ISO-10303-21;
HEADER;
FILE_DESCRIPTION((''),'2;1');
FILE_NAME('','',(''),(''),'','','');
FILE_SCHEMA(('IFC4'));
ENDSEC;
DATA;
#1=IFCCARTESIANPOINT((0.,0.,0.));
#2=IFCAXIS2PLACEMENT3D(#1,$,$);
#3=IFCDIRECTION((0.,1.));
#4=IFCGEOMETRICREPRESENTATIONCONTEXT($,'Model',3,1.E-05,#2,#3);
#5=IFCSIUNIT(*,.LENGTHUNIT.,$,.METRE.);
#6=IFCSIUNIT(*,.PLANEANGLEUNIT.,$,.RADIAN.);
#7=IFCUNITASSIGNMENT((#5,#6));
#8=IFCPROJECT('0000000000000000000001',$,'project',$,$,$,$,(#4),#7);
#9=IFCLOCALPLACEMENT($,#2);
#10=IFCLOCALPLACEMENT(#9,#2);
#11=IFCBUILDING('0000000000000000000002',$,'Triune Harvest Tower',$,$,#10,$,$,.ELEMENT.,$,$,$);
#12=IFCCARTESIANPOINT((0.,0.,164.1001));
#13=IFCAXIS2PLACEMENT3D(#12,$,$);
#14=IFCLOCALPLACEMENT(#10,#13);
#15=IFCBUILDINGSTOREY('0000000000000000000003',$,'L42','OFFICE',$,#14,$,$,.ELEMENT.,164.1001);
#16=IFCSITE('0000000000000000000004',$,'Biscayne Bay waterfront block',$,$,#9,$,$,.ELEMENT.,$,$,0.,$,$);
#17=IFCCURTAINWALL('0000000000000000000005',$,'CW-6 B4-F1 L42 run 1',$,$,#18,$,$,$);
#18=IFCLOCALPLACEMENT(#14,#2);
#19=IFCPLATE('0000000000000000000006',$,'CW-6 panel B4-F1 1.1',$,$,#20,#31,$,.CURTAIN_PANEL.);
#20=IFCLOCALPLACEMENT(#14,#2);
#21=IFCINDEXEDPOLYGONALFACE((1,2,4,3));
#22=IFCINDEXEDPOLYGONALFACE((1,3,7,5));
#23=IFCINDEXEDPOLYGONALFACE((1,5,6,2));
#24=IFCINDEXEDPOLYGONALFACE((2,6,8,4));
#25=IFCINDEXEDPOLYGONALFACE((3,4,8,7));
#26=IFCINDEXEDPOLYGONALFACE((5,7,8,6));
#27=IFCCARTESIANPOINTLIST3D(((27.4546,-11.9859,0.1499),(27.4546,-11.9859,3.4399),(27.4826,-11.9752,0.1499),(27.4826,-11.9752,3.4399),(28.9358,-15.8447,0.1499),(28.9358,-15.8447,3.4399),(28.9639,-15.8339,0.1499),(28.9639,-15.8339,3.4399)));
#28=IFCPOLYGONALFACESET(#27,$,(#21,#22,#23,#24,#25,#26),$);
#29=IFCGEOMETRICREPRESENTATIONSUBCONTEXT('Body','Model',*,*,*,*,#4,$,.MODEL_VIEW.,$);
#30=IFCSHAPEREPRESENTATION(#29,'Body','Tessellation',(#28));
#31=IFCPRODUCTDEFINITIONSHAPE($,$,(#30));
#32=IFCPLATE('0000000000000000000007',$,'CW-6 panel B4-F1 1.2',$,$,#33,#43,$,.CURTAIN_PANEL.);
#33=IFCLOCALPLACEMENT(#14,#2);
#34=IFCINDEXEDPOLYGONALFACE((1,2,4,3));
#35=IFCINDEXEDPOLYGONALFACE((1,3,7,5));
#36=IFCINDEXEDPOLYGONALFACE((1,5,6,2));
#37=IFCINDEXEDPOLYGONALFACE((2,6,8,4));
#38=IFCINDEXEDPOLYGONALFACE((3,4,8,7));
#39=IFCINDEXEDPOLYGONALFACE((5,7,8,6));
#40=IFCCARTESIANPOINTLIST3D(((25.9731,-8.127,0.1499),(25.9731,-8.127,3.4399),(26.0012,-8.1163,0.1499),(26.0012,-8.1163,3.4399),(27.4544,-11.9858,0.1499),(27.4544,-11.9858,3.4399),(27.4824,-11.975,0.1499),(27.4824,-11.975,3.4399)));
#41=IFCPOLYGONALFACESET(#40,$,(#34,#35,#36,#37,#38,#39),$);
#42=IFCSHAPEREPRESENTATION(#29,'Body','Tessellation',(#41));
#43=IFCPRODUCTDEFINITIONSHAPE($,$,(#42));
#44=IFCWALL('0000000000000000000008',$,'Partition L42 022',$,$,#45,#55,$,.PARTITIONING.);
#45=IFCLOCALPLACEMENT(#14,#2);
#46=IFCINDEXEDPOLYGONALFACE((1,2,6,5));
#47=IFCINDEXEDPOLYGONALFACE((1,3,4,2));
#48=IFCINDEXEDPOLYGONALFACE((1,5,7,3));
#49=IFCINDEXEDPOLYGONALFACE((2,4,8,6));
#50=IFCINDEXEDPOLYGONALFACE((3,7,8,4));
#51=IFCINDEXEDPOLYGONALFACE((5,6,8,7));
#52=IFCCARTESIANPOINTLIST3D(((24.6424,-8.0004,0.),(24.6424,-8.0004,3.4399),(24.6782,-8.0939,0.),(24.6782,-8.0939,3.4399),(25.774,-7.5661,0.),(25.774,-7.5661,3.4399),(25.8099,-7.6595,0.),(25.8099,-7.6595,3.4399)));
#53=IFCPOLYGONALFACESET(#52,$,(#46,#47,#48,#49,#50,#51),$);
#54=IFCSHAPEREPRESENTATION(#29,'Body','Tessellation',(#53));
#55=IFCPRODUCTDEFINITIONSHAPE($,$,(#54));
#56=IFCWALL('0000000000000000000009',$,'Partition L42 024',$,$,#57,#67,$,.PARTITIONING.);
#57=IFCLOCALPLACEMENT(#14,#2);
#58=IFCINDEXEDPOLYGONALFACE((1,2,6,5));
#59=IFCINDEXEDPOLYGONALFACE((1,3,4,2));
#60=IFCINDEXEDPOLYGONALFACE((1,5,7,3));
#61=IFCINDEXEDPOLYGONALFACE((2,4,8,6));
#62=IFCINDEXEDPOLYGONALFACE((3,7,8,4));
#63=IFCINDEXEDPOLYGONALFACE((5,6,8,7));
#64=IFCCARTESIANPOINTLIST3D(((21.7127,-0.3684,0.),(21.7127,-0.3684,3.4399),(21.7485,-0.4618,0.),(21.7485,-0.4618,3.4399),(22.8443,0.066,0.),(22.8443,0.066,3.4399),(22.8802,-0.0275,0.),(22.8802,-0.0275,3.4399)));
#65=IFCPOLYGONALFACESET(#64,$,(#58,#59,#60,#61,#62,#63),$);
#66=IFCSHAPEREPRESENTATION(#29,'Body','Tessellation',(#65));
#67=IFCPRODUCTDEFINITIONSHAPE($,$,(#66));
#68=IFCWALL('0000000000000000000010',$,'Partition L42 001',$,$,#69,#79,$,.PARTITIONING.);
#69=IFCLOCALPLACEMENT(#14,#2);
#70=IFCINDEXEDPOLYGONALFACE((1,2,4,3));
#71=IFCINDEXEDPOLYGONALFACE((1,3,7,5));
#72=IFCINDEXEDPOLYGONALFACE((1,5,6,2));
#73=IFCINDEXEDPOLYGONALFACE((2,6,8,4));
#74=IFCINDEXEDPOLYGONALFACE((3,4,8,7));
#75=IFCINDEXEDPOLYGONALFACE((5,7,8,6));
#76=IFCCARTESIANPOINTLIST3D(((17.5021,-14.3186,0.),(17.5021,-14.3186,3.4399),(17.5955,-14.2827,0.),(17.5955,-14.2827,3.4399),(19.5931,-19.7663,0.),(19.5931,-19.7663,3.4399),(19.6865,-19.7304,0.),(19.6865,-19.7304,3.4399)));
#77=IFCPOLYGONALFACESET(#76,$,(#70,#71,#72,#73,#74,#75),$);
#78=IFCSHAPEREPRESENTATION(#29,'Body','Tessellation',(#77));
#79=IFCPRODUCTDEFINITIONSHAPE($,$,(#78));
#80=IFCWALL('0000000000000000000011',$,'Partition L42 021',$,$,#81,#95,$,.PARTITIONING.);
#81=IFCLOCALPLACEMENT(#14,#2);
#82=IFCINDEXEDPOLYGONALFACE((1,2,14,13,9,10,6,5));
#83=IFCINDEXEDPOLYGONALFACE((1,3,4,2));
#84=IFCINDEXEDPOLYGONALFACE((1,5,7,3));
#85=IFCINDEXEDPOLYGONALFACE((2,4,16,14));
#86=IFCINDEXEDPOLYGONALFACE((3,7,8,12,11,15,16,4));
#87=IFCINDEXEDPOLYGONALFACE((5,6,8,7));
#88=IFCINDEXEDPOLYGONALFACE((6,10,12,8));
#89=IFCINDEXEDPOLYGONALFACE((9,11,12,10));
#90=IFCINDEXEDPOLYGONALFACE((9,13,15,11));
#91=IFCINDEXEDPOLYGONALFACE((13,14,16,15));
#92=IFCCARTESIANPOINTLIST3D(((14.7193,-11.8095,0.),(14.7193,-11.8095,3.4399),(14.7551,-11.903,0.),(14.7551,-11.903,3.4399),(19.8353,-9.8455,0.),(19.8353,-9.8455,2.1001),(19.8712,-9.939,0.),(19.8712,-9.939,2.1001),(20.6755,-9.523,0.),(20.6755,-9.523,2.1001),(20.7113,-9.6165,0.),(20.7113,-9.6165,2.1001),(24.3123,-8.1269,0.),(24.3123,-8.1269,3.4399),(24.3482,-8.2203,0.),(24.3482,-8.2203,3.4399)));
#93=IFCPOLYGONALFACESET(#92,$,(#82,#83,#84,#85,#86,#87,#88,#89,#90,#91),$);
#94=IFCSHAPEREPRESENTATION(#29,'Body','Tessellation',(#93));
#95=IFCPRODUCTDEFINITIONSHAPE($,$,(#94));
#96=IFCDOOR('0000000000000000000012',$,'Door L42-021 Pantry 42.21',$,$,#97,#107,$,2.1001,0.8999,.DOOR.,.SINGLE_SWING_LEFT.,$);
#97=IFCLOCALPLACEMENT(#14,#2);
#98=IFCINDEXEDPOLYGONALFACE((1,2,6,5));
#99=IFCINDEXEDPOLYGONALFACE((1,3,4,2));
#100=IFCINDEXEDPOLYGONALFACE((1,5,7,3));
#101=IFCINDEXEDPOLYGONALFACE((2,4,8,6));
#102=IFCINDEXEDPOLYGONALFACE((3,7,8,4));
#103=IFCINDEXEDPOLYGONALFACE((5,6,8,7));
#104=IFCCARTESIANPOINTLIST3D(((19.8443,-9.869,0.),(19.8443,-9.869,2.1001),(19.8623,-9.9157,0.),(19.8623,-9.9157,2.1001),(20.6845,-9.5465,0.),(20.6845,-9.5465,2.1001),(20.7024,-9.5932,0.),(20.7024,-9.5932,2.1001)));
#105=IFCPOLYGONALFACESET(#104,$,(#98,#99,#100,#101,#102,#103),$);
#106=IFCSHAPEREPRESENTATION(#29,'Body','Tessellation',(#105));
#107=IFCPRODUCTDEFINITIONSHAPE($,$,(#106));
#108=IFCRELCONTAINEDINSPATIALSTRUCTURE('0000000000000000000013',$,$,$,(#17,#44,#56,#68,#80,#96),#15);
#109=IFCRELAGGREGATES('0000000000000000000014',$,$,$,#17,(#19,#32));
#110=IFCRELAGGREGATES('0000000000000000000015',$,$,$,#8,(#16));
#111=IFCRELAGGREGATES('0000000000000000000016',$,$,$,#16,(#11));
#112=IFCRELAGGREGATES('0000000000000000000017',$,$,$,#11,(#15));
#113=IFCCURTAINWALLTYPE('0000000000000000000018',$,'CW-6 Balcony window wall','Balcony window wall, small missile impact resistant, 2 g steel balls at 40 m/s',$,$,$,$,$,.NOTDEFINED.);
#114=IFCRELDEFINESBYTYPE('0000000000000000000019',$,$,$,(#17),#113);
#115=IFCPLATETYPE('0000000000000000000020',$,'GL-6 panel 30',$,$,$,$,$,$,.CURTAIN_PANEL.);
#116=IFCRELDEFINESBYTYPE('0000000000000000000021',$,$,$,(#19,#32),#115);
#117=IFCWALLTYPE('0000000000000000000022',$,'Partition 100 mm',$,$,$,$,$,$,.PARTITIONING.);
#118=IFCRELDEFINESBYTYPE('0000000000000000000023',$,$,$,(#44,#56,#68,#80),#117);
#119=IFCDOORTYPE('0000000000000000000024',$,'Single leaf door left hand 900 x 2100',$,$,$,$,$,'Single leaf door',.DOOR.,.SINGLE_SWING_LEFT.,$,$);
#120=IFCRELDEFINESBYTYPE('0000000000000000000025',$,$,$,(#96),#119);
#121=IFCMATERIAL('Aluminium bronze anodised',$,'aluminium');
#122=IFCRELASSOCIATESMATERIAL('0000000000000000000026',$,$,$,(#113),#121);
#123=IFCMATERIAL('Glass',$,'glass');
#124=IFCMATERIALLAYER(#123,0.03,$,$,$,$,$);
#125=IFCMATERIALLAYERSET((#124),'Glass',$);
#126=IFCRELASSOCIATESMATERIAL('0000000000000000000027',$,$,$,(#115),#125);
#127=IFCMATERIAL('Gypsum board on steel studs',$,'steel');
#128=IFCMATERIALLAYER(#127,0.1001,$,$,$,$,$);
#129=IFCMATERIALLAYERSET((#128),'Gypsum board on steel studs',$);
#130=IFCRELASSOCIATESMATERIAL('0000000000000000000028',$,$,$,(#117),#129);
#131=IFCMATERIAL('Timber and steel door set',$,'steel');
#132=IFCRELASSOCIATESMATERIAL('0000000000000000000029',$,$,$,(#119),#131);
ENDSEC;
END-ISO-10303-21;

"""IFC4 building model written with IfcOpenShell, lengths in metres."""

from ifc_helpers import new_model, si_unit, direction, frame, frame_2d, origin, origin_2d, place, context, subcontext, project, spatial, rectangle, extrude, source, transform, mapped, material, layer, layer_set, type_object, element, fill, aggregate, save


model = new_model("IFC4")

# Units and contexts
model_context = context("Model", 3, precision=1e-05, world=origin(), true_north=direction((0.0, 1.0)))
body_context = subcontext(model_context, "Body", "Model", "MODEL_VIEW")
ifc_project = project(units=[si_unit("LENGTHUNIT", "METRE"), si_unit("PLANEANGLEUNIT", "RADIAN")], contexts=[model_context])

# Site, building, storey
site_placement = place(None, origin())
site = spatial("IfcSite", under=ifc_project, at=site_placement, Name="Biscayne Bay waterfront block", CompositionType="ELEMENT", RefElevation=0.0)
building_placement = place(site_placement, origin())
building = spatial("IfcBuilding", under=site, at=building_placement, Name="Triune Harvest Tower", CompositionType="ELEMENT")
storey_placement = place(building_placement, frame((0.0, 0.0, 164.1001)))
storey = spatial("IfcBuildingStorey", under=building, at=storey_placement, Name="L42", Description="OFFICE", CompositionType="ELEMENT", Elevation=164.1001)

# Curtain wall
ifc_material_1 = material(Name="Aluminium bronze anodised", Category="aluminium")
curtain_wall_type_1 = type_object("IfcCurtainWallType", Name="CW-6 Balcony window wall", Description="Balcony window wall, small missile impact resistant, 2 g steel balls at 40 m/s", PredefinedType="NOTDEFINED", material=ifc_material_1)
curtain_wall_1_placement = place(storey_placement, origin())
curtain_wall_1 = element("IfcCurtainWall", 1, at=curtain_wall_1_placement, inside=storey, type_object=curtain_wall_type_1, Name="CW-6 B4-F1 L42 run 1")

# Plates
ifc_material_2 = material(Name="Glass", Category="glass")
ifc_layer_1 = layer(ifc_material_2, 0.03)
ifc_layer_set_1 = layer_set([ifc_layer_1], Name="Glass")
plate_type_1 = type_object("IfcPlateType", Name="GL-6 panel 30", PredefinedType="CURTAIN_PANEL", material=ifc_layer_set_1)
shared_shape_1 = source(origin(), body_context, "Body", "SweptSolid", [
    extrude(rectangle(XDim=4.1333, YDim=0.03, at=origin_2d()), origin(), (0.0, 0.0, 1.0), 3.29),
])
plate_1_placement = place(storey_placement, frame((28.2092, -13.9099, 0.1499), z_axis=(0.0, 0.0, 1.0), x_axis=(-0.358372, 0.933579, 0.0)))
plate_1 = element("IfcPlate", 2, at=plate_1_placement, type_object=plate_type_1, Name="CW-6 panel B4-F1 1.1", PredefinedType="CURTAIN_PANEL", context=body_context, shape_type="MappedRepresentation", body=[
    mapped(shared_shape_1, transform((0.0, 0.0, 0.0), scale=1.0)),
])
plate_2_placement = place(storey_placement, frame((26.7278, -10.051, 0.1499), z_axis=(0.0, 0.0, 1.0), x_axis=(-0.358372, 0.933579, 0.0)))
plate_2 = element("IfcPlate", 3, at=plate_2_placement, type_object=plate_type_1, Name="CW-6 panel B4-F1 1.2", PredefinedType="CURTAIN_PANEL", context=body_context, shape_type="MappedRepresentation", body=[
    mapped(shared_shape_1, transform((0.0, 0.0, 0.0), scale=1.0)),
])
aggregate(curtain_wall_1, [plate_1, plate_2])

# Walls
ifc_material_3 = material(Name="Gypsum board on steel studs", Category="steel")
ifc_layer_2 = layer(ifc_material_3, 0.1001)
ifc_layer_set_2 = layer_set([ifc_layer_2], Name="Gypsum board on steel studs")
wall_type = type_object("IfcWallType", Name="Partition 100 mm", PredefinedType="PARTITIONING", material=ifc_layer_set_2)
shared_shape_2 = source(origin(), body_context, "Body", "SweptSolid", [
    extrude(rectangle(XDim=1.2122, YDim=0.1001, at=frame_2d((0.606, 0.0))), origin(), (0.0, 0.0, 1.0), 3.4399),
])
for number, where, z_axis, x_axis, name in (
    (4, (24.6604, -8.0471, 0.0), (0.0, 0.0, 1.0), (0.933595, 0.358331, 0.0), "Partition L42 022"),
    (5, (21.7307, -0.415, 0.0), (0.0, 0.0, 1.0), (0.933595, 0.358331, 0.0), "Partition L42 024"),
):
    element("IfcWall", number, at=place(storey_placement, frame(where, z_axis=z_axis, x_axis=x_axis)), inside=storey, type_object=wall_type, Name=name, PredefinedType="PARTITIONING", context=body_context, shape_type="MappedRepresentation", body=[
        mapped(shared_shape_2, transform((0.0, 0.0, 0.0), scale=1.0)),
    ])
shared_shape_3 = source(origin(), body_context, "Body", "SweptSolid", [
    extrude(rectangle(XDim=5.8352, YDim=0.1001, at=frame_2d((2.9175, 0.0))), origin(), (0.0, 0.0, 1.0), 3.4399),
])
wall_1_placement = place(storey_placement, frame((17.5488, -14.3008, 0.0), z_axis=(0.0, 0.0, 1.0), x_axis=(0.358348, -0.933588, 0.0)))
element("IfcWall", 6, at=wall_1_placement, inside=storey, type_object=wall_type, Name="Partition L42 001", PredefinedType="PARTITIONING", context=body_context, shape_type="MappedRepresentation", body=[
    mapped(shared_shape_3, transform((0.0, 0.0, 0.0), scale=1.0)),
])

# Wall, opening, door
shared_shape_4 = source(origin(), body_context, "Body", "SweptSolid", [
    extrude(rectangle(XDim=10.2756, YDim=0.1001, at=frame_2d((5.1377, 0.0))), origin(), (0.0, 0.0, 1.0), 3.4399),
])
wall_2_placement = place(storey_placement, frame((14.7373, -11.8562, 0.0), z_axis=(0.0, 0.0, 1.0), x_axis=(0.933574, 0.358385, 0.0)))
wall_2 = element("IfcWall", 7, at=wall_2_placement, inside=storey, type_object=wall_type, Name="Partition L42 021", PredefinedType="PARTITIONING", context=body_context, shape_type="MappedRepresentation", body=[
    mapped(shared_shape_4, transform((0.0, 0.0, 0.0), scale=1.0)),
])
opening_placement = place(wall_2_placement, frame((5.48, 0.0, 0.0)))
opening = element("IfcOpeningElement", 8, at=opening_placement, cuts=wall_2, PredefinedType="OPENING", context=body_context, shape_type="SweptSolid", body=[
    extrude(rectangle(XDim=0.8999, YDim=2.1001, at=frame_2d((0.45, 1.05))), frame((0.0, 0.0601, 0.0), z_axis=(0.0, -1.0, 0.0), x_axis=(1.0, 0.0, 0.0)), (0.0, 0.0, 1.0), 0.1201),
])
ifc_material_4 = material(Name="Timber and steel door set", Category="steel")
door_type = type_object("IfcDoorType", Name="Single leaf door left hand 900 x 2100", ElementType="Single leaf door", OperationType="SINGLE_SWING_LEFT", PredefinedType="DOOR", material=ifc_material_4)
door_placement = place(opening_placement, origin())
door = element("IfcDoor", 9, at=door_placement, inside=storey, type_object=door_type, Name="Door L42-021 Pantry 42.21", OperationType="SINGLE_SWING_LEFT", OverallHeight=2.1001, OverallWidth=0.8999, PredefinedType="DOOR", context=body_context, shape_type="SweptSolid", body=[
    extrude(rectangle(XDim=0.8999, YDim=2.1001, at=frame_2d((0.45, 1.05))), frame((0.0, 0.0249, 0.0), z_axis=(0.0, -1.0, 0.0), x_axis=(1.0, 0.0, 0.0)), (0.0, 0.0, 1.0), 0.05),
])
fill(opening, door)

save(model, "model.ifc")
